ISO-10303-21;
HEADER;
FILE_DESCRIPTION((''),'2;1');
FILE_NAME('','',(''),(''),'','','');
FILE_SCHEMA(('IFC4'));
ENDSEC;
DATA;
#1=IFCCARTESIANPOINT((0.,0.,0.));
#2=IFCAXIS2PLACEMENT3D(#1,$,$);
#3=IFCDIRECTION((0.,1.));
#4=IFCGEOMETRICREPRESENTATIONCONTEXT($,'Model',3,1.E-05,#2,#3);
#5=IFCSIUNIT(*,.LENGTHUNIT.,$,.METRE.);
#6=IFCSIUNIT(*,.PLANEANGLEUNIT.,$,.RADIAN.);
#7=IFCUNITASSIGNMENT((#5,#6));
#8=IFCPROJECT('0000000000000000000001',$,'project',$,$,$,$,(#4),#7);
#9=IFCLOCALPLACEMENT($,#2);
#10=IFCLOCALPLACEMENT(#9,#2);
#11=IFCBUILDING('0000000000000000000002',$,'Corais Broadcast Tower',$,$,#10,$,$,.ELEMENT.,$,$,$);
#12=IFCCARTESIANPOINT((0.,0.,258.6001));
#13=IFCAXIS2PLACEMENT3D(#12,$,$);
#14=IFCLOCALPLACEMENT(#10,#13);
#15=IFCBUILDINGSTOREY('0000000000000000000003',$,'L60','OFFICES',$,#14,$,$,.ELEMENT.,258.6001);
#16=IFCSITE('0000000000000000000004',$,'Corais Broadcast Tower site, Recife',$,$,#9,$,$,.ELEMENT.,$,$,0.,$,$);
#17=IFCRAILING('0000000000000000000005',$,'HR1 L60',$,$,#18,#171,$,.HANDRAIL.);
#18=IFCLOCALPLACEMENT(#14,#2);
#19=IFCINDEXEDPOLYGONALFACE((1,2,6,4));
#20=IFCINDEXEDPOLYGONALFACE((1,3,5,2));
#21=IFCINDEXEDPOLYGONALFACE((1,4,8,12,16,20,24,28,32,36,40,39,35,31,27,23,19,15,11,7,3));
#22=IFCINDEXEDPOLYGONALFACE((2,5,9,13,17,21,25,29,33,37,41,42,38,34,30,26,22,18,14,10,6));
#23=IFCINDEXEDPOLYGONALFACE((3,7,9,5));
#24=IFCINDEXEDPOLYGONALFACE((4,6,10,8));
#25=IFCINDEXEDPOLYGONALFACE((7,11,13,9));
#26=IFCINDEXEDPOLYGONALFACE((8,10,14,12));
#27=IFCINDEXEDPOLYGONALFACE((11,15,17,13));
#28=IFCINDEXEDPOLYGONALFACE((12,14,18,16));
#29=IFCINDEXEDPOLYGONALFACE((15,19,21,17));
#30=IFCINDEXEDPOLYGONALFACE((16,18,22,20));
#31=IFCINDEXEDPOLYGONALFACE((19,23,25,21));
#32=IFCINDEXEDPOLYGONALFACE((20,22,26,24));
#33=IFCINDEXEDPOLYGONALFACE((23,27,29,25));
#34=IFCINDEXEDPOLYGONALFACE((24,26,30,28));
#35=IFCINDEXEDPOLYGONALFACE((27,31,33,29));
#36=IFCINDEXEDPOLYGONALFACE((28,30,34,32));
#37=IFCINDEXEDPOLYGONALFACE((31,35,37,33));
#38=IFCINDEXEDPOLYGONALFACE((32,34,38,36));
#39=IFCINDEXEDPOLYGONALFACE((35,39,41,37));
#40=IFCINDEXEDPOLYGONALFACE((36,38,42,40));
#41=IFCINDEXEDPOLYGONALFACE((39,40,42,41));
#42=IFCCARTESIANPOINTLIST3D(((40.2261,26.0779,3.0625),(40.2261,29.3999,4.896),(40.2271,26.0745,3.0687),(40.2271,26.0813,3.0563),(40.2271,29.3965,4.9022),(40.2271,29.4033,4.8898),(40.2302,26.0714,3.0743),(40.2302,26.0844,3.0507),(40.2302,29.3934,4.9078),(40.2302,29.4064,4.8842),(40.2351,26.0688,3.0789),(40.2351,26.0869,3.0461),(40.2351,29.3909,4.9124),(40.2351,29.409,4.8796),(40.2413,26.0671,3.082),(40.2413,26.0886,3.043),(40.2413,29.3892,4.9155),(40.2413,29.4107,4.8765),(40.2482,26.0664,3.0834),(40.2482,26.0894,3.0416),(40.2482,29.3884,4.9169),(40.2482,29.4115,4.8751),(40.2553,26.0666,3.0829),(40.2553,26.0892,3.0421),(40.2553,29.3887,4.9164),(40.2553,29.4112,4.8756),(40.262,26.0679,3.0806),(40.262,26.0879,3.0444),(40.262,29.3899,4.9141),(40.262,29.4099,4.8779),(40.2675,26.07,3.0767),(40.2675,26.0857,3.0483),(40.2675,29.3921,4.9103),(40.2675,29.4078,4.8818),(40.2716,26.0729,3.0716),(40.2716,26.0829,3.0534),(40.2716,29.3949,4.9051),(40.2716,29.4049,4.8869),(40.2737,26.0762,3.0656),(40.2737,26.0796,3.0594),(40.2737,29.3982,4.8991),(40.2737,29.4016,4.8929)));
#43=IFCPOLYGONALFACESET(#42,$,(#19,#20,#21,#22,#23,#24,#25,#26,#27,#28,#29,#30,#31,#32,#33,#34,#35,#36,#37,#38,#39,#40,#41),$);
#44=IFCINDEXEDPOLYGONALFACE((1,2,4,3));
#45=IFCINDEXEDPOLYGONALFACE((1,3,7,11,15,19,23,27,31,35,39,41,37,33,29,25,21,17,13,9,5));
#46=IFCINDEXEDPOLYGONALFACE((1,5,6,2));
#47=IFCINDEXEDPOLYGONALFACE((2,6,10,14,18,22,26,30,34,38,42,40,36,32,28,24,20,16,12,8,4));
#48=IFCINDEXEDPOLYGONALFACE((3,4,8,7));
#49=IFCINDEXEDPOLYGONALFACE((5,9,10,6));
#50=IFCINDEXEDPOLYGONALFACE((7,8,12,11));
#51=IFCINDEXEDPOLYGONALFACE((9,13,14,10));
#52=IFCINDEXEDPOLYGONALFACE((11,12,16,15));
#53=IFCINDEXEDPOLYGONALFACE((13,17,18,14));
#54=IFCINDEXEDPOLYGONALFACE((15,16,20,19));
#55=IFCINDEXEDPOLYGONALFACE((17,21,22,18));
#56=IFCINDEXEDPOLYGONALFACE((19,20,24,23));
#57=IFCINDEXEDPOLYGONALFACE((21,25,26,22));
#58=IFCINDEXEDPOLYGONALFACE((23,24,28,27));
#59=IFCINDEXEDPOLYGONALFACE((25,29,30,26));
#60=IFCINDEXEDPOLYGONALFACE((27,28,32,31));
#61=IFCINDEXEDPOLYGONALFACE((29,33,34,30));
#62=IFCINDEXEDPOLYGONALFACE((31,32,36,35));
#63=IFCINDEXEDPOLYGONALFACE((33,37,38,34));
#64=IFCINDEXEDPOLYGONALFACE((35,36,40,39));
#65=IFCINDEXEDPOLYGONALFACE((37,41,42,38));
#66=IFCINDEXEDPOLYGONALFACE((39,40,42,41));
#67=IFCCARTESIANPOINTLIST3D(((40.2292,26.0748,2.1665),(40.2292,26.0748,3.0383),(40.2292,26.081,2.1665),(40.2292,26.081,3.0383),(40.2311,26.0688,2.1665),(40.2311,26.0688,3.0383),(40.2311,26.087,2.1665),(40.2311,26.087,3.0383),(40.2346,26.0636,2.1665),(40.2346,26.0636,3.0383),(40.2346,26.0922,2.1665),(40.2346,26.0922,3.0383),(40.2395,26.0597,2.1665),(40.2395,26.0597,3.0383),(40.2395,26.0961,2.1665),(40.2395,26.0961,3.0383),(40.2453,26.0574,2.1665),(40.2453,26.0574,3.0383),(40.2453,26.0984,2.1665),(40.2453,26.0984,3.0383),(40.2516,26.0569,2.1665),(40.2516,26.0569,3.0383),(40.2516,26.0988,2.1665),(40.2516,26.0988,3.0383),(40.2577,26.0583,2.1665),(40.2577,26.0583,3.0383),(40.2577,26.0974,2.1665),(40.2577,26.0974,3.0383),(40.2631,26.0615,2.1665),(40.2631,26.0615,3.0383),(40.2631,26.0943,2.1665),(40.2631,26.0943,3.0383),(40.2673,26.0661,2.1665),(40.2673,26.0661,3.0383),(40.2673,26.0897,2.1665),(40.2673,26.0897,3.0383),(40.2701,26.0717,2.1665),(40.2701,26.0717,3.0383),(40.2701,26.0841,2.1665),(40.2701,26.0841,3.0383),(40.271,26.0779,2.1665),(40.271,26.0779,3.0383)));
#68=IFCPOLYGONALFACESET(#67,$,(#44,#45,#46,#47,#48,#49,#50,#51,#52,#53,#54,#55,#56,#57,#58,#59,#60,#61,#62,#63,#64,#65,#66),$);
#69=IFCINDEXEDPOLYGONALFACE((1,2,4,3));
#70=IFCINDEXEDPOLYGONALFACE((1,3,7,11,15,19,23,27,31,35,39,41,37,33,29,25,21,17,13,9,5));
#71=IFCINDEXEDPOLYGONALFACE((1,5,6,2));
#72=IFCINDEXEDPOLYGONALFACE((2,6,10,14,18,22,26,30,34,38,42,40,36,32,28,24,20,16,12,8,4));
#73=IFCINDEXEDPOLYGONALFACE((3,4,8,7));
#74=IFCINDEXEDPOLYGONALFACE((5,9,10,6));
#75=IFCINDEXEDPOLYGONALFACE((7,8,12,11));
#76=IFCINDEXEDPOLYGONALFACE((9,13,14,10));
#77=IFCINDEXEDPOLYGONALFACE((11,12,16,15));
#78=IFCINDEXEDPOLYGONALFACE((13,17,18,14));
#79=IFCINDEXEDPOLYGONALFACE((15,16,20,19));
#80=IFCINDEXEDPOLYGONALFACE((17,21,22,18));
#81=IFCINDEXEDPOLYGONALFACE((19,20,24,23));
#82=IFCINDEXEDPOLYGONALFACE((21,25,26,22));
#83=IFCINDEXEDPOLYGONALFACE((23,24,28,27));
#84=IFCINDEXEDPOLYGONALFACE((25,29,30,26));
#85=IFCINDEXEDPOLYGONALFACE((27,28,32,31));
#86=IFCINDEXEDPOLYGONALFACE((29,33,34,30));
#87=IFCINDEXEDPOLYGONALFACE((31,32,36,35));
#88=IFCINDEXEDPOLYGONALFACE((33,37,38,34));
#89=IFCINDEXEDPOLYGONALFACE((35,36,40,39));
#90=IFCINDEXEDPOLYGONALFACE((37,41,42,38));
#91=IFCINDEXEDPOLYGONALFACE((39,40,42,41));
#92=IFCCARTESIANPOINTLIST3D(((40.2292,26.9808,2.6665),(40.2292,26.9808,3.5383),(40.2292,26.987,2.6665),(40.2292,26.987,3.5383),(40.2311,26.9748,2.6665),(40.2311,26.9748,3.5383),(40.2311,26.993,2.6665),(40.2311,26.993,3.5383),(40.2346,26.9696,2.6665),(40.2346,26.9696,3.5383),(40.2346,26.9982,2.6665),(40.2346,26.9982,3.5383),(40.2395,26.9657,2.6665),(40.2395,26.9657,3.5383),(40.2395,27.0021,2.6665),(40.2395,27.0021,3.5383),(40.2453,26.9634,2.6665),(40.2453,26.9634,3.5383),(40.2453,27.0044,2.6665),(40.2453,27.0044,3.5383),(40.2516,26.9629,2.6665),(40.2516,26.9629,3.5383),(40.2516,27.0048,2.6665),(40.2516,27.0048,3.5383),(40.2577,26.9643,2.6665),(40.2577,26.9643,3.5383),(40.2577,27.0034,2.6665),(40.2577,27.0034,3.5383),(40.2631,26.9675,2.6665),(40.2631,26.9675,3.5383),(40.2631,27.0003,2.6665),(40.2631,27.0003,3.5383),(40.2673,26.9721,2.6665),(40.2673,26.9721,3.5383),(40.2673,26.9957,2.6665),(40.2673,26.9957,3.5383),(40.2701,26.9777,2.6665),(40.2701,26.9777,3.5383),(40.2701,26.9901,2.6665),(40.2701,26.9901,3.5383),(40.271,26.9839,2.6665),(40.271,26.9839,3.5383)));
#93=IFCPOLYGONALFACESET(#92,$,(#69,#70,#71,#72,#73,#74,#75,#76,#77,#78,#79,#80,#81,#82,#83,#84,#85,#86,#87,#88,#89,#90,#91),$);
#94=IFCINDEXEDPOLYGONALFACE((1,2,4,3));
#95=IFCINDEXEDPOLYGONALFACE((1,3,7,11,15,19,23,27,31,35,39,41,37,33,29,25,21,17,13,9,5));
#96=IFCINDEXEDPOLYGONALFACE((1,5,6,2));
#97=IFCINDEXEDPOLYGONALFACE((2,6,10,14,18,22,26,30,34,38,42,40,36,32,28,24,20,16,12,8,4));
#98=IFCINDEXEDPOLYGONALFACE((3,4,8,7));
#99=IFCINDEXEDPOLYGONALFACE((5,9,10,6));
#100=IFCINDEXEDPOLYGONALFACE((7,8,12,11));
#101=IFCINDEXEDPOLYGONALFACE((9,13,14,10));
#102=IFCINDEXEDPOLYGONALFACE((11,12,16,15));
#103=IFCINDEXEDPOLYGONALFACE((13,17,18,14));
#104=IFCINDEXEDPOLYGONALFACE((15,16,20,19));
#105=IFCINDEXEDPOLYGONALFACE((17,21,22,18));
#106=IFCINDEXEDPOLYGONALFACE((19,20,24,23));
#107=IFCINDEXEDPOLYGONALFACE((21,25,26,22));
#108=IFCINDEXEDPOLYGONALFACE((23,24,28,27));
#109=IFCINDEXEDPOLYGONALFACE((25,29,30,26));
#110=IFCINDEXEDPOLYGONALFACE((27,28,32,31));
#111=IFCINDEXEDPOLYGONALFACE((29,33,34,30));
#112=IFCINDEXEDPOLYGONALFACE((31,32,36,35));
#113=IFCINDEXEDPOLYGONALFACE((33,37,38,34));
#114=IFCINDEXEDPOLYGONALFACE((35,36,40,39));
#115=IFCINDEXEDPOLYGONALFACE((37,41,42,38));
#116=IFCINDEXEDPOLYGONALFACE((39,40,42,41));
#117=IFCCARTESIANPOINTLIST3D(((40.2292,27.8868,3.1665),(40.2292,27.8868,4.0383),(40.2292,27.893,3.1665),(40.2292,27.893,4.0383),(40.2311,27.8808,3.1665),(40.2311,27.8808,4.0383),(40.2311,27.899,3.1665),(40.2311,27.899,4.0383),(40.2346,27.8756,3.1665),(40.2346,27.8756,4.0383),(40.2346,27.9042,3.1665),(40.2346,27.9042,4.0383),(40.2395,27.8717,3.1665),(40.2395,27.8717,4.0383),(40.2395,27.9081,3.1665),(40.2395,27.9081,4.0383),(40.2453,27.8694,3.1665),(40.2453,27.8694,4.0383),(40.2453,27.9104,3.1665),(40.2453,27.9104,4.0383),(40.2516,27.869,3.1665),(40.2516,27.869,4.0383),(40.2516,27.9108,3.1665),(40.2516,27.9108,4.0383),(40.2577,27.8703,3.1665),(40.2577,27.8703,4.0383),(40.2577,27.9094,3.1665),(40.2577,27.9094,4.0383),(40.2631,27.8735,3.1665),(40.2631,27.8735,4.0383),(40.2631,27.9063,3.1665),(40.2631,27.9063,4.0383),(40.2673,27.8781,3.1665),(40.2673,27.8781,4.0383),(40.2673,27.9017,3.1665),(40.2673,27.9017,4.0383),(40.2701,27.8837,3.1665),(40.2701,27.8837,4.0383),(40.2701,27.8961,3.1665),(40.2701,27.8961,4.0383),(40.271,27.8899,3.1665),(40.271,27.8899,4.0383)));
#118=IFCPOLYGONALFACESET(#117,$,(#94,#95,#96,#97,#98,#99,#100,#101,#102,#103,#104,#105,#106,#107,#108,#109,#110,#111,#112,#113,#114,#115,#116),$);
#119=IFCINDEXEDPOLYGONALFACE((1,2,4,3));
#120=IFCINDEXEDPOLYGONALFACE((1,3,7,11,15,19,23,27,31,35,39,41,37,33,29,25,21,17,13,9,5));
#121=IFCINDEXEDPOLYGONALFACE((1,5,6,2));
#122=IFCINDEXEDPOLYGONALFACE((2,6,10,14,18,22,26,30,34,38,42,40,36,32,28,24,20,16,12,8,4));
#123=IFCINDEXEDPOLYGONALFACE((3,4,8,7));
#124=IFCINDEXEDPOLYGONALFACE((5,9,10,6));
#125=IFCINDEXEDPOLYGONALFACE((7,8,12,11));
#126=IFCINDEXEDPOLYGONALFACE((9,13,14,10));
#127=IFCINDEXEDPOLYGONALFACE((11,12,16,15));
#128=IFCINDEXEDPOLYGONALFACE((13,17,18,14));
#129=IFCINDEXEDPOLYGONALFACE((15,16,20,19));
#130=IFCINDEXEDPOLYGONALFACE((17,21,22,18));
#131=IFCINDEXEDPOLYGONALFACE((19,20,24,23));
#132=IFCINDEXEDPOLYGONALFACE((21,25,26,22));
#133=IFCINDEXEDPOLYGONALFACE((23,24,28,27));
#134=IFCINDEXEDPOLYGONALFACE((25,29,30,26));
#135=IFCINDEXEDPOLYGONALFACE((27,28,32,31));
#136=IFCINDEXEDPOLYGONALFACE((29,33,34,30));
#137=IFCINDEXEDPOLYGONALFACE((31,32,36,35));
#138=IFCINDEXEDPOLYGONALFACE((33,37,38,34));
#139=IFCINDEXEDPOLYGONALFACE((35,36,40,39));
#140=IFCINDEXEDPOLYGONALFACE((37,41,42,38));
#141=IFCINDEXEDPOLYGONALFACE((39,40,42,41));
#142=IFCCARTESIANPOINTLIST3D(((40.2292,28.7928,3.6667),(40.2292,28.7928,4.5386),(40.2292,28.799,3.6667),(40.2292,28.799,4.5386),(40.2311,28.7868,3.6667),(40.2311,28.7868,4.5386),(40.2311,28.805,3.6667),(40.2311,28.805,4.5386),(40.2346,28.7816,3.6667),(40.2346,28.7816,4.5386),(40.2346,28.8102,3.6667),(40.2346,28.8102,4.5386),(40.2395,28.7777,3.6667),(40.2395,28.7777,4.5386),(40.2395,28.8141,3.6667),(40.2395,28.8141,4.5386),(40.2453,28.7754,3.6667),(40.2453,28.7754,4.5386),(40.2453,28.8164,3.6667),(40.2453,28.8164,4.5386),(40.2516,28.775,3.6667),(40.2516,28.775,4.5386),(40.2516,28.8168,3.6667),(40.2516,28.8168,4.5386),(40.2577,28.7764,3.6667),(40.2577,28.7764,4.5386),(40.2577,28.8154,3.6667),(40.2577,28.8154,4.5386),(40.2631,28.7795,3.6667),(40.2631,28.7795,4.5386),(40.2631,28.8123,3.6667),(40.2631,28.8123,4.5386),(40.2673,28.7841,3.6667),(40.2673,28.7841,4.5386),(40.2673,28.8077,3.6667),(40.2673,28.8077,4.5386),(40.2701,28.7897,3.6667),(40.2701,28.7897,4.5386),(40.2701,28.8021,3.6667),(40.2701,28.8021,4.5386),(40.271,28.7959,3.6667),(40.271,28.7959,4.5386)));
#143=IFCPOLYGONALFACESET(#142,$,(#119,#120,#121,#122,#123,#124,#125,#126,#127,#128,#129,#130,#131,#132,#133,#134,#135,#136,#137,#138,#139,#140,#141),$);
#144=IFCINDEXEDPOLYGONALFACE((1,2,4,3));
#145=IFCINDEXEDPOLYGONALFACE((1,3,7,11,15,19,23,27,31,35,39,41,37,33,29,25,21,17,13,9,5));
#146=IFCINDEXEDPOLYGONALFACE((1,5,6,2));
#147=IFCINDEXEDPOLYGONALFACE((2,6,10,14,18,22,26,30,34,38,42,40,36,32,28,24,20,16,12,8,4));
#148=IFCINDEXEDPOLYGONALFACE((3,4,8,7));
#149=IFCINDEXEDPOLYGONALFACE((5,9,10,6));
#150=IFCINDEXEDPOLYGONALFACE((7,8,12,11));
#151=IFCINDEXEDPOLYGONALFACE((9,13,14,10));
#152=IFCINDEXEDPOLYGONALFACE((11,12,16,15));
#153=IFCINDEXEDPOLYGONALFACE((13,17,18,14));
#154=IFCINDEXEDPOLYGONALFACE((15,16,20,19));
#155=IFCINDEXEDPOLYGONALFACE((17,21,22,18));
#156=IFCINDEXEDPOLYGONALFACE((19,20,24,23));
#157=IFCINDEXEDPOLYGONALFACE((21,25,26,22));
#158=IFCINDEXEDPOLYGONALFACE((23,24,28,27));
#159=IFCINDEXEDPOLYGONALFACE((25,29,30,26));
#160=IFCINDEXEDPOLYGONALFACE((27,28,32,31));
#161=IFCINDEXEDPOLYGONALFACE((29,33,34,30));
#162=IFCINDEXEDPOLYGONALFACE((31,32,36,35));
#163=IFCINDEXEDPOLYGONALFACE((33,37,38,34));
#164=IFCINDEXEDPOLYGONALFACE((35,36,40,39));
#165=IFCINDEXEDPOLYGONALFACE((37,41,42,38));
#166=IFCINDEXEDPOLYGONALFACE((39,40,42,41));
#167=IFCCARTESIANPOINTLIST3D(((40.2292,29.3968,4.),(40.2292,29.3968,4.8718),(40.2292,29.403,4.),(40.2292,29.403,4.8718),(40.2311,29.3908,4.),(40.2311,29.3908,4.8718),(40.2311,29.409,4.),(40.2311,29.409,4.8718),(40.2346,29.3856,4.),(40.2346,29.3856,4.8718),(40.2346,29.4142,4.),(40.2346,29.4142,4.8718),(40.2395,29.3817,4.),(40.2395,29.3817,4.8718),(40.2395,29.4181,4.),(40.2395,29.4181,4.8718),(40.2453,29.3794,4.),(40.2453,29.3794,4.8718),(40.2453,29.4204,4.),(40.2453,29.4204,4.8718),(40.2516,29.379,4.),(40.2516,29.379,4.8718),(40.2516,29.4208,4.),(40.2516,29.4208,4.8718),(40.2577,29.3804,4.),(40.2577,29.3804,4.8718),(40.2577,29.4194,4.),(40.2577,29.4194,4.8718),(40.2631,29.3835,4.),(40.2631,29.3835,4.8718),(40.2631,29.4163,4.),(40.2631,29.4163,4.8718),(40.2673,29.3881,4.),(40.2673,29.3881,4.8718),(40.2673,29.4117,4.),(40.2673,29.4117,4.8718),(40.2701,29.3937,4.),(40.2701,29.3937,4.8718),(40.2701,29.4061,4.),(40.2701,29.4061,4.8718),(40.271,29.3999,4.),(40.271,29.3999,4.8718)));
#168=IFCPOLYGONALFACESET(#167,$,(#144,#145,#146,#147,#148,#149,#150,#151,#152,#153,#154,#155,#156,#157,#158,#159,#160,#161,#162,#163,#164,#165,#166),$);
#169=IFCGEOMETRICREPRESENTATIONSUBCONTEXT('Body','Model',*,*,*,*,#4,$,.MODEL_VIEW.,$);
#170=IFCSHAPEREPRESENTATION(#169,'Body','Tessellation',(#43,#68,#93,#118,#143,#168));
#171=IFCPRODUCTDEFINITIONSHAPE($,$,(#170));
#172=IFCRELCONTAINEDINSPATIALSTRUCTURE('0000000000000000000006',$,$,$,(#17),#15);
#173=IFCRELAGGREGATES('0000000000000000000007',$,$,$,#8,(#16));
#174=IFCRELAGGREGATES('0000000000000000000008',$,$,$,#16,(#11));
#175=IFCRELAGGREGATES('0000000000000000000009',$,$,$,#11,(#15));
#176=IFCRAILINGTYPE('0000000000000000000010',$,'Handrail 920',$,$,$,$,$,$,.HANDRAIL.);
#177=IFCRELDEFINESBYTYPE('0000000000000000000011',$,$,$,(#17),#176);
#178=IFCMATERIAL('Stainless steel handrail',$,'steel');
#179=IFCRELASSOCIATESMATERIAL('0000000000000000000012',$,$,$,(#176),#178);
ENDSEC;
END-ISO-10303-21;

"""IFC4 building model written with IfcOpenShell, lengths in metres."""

from ifc_helpers import new_model, si_unit, direction, frame, origin, origin_2d, place, context, subcontext, project, spatial, circle, extrude, material, type_object, element, save


model = new_model("IFC4")

# Units and contexts
model_context = context("Model", 3, precision=1e-05, world=origin(), true_north=direction((0.0, 1.0)))
body_context = subcontext(model_context, "Body", "Model", "MODEL_VIEW")
ifc_project = project(units=[si_unit("LENGTHUNIT", "METRE"), si_unit("PLANEANGLEUNIT", "RADIAN")], contexts=[model_context])

# Site, building, storey
site_placement = place(None, origin())
site = spatial("IfcSite", under=ifc_project, at=site_placement, Name="Corais Broadcast Tower site, Recife", CompositionType="ELEMENT", RefElevation=0.0)
building_placement = place(site_placement, origin())
building = spatial("IfcBuilding", under=site, at=building_placement, Name="Corais Broadcast Tower", CompositionType="ELEMENT")
storey_placement = place(building_placement, frame((0.0, 0.0, 258.6001)))
storey = spatial("IfcBuildingStorey", under=building, at=storey_placement, Name="L60", Description="OFFICES", CompositionType="ELEMENT", Elevation=258.6001)

# Railing
ifc_material_1 = material(Name="Stainless steel handrail", Category="steel")
railing_type = type_object("IfcRailingType", Name="Handrail 920", PredefinedType="HANDRAIL", material=ifc_material_1)
for number, where, name in (
    (1, (40.25, 26.0779, 2.1665), "HR1 L60"),
):
    element("IfcRailing", number, at=place(storey_placement, frame(where)), inside=storey, type_object=railing_type, Name=name, PredefinedType="HANDRAIL", context=body_context, shape_type="SweptSolid", body=[
        extrude(circle(Radius=0.0239, at=origin_2d()), frame((0.0, 0.0, 0.896), z_axis=(0.0, 0.875504, 0.48321), x_axis=(-1.0, 0.0, 0.0)), (0.0, 0.0, 1.0), 3.7944),
        extrude(circle(Radius=0.021, at=origin_2d()), origin(), (0.0, 0.0, 1.0), 0.8718),
        extrude(circle(Radius=0.021, at=origin_2d()), frame((0.0, 0.906, 0.5)), (0.0, 0.0, 1.0), 0.8718),
        extrude(circle(Radius=0.021, at=origin_2d()), frame((0.0, 1.812, 1.0)), (0.0, 0.0, 1.0), 0.8718),
        extrude(circle(Radius=0.021, at=origin_2d()), frame((0.0, 2.718, 1.5002)), (0.0, 0.0, 1.0), 0.8718),
        extrude(circle(Radius=0.021, at=origin_2d()), frame((0.0, 3.322, 1.8335)), (0.0, 0.0, 1.0), 0.8718),
    ])

save(model, "model.ifc")
